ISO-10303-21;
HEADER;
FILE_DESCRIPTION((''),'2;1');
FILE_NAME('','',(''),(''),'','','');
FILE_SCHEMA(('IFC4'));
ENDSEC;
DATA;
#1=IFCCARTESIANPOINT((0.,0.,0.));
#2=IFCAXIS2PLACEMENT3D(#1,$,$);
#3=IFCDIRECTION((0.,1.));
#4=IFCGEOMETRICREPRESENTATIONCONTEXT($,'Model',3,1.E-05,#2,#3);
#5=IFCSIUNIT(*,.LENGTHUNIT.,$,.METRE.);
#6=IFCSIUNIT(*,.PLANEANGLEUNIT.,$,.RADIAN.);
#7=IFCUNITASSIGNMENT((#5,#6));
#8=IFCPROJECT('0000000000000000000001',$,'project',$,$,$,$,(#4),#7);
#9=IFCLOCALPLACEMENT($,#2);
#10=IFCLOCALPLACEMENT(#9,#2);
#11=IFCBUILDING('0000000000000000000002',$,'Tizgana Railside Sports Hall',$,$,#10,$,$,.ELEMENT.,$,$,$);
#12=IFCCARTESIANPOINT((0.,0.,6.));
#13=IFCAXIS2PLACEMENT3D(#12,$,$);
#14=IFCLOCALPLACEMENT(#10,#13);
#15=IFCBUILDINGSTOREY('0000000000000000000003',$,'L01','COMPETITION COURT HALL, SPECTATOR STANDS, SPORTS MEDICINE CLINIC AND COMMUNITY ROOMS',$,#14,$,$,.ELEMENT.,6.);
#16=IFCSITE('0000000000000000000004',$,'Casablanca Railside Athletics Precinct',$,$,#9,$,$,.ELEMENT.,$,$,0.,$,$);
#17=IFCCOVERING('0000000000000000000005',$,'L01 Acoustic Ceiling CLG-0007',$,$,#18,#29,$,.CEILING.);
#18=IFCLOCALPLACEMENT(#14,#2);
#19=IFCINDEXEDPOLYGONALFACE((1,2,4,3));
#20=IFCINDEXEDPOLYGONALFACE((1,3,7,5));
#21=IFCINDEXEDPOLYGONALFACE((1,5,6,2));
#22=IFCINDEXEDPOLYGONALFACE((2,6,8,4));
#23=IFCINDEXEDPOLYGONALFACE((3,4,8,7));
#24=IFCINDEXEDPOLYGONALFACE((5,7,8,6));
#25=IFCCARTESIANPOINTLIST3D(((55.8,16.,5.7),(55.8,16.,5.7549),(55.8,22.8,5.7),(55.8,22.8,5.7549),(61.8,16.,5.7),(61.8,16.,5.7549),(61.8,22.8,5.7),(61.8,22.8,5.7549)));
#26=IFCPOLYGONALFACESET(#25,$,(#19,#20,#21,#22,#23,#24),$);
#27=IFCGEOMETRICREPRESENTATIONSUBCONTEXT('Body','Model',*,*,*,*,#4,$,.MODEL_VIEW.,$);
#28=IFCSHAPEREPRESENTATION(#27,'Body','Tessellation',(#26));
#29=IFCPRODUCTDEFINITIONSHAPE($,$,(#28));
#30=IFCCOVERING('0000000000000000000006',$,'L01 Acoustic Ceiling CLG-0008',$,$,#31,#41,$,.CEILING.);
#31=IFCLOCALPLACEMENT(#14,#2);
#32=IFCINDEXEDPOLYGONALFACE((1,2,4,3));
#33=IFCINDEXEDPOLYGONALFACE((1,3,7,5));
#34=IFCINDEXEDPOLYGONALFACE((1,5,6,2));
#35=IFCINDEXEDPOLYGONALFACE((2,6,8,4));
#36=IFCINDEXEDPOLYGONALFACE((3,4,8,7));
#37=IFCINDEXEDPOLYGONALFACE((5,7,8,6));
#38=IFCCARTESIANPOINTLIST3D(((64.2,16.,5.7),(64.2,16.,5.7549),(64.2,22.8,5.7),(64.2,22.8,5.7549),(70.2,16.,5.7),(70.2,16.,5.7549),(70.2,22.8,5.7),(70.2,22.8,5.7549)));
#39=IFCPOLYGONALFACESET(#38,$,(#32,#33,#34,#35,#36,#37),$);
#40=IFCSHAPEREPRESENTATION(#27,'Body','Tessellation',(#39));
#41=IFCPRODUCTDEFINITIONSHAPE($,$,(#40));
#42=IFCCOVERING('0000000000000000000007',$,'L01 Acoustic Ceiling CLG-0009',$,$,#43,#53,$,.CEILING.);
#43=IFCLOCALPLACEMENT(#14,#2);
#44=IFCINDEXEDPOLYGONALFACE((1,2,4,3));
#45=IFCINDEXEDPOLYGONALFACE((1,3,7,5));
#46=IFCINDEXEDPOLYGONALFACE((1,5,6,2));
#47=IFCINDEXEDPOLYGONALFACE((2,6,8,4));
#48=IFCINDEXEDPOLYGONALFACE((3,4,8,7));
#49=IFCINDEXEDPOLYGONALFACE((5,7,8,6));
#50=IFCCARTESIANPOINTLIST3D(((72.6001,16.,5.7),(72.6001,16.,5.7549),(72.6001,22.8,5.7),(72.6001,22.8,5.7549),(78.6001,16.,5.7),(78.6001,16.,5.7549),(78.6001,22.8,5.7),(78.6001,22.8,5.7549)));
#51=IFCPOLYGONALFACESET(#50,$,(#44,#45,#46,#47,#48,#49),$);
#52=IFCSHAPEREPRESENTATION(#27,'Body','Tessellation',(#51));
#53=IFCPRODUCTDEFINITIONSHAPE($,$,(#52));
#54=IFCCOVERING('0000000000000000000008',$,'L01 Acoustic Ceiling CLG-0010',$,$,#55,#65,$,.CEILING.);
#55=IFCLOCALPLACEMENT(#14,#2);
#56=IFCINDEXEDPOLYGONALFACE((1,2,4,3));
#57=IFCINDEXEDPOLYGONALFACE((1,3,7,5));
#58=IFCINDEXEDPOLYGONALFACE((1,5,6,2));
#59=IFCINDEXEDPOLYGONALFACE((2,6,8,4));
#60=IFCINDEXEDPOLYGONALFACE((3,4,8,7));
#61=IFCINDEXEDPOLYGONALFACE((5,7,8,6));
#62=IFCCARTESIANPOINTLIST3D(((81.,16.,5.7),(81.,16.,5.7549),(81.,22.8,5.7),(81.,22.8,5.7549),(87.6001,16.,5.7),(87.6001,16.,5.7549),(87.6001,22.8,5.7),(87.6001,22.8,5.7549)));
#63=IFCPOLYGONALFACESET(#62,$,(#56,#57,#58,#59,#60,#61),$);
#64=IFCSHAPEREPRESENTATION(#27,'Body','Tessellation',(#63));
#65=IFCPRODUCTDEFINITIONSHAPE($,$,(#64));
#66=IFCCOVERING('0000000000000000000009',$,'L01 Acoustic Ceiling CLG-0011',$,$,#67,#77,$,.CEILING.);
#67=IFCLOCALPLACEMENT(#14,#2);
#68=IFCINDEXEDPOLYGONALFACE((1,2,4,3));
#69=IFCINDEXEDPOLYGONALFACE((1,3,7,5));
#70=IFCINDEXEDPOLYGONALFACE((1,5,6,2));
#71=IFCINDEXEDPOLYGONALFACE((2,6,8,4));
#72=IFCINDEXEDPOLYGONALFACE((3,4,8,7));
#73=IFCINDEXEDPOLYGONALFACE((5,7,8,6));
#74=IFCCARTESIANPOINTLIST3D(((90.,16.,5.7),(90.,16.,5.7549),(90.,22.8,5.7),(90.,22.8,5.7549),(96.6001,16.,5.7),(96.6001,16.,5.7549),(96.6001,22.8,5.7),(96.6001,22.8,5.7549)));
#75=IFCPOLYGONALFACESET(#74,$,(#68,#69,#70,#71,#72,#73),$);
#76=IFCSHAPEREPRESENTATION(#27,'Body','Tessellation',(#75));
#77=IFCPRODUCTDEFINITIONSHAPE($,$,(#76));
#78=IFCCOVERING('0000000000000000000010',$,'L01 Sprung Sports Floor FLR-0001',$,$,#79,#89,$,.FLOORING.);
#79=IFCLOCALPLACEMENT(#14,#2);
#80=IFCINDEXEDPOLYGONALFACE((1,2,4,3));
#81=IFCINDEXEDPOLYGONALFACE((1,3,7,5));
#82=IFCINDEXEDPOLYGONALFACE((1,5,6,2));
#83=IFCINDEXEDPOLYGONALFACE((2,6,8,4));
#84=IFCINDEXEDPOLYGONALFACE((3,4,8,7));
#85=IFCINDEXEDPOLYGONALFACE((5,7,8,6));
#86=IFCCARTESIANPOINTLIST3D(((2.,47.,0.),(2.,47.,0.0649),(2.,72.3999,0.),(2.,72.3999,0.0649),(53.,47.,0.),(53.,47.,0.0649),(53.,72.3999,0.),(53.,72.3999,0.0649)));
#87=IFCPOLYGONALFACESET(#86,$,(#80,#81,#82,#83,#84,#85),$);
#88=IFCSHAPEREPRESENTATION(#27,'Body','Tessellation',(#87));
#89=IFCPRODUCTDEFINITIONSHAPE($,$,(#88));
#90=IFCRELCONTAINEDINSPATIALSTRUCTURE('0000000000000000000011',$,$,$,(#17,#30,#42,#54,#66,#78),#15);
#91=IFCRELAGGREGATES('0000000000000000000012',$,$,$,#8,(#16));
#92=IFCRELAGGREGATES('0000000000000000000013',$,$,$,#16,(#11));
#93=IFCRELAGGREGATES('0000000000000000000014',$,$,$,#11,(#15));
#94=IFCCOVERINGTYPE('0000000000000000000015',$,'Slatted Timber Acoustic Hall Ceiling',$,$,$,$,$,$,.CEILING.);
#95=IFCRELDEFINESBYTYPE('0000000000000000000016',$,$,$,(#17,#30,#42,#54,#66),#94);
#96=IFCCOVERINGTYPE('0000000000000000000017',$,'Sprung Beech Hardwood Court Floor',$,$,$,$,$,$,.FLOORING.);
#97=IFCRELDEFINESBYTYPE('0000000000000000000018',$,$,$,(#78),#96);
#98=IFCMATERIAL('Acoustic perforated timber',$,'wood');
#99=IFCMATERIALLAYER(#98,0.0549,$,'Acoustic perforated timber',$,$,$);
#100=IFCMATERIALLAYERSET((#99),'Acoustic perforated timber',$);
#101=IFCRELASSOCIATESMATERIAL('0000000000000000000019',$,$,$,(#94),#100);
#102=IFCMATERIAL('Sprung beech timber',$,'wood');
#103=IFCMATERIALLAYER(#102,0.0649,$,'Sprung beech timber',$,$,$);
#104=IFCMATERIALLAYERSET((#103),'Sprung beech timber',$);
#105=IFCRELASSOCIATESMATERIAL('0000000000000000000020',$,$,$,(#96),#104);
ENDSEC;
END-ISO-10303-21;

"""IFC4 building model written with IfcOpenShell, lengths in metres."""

from ifc_helpers import new_model, si_unit, direction, frame, origin, place, context, subcontext, project, spatial, polyline, outline, extrude, material, layer, layer_set, type_object, element, save


model = new_model("IFC4")

# Units and contexts
model_context = context("Model", 3, precision=1e-05, world=origin(), true_north=direction((0.0, 1.0)))
body_context = subcontext(model_context, "Body", "Model", "MODEL_VIEW")
ifc_project = project(units=[si_unit("LENGTHUNIT", "METRE"), si_unit("PLANEANGLEUNIT", "RADIAN")], contexts=[model_context])

# Site, building, storey
site_placement = place(None, origin())
site = spatial("IfcSite", under=ifc_project, at=site_placement, Name="Casablanca Railside Athletics Precinct", CompositionType="ELEMENT", RefElevation=0.0)
building_placement = place(site_placement, origin())
building = spatial("IfcBuilding", under=site, at=building_placement, Name="Tizgana Railside Sports Hall", CompositionType="ELEMENT")
storey_placement = place(building_placement, frame((0.0, 0.0, 6.0)))
storey = spatial("IfcBuildingStorey", under=building, at=storey_placement, Name="L01", Description="COMPETITION COURT HALL, SPECTATOR STANDS, SPORTS MEDICINE CLINIC AND COMMUNITY ROOMS", CompositionType="ELEMENT", Elevation=6.0)

# Coverings
ifc_material_1 = material(Name="Acoustic perforated timber", Category="wood")
ifc_layer_1 = layer(ifc_material_1, 0.0549, Name="Acoustic perforated timber")
ifc_layer_set_1 = layer_set([ifc_layer_1], Name="Acoustic perforated timber")
covering_type_1 = type_object("IfcCoveringType", Name="Slatted Timber Acoustic Hall Ceiling", PredefinedType="CEILING", material=ifc_layer_set_1)
covering_1_placement = place(storey_placement, frame((0.0, 0.0, 5.7)))
element("IfcCovering", 1, at=covering_1_placement, inside=storey, type_object=covering_type_1, Name="L01 Acoustic Ceiling CLG-0007", PredefinedType="CEILING", context=body_context, shape_type="SweptSolid", body=[
    extrude(outline(polyline([(55.8, 16.0), (61.8, 16.0), (61.8, 22.8), (55.8, 22.8), (55.8, 16.0)])), origin(), (0.0, 0.0, 1.0), 0.0549),
])
covering_2_placement = place(storey_placement, frame((0.0, 0.0, 5.7)))
element("IfcCovering", 2, at=covering_2_placement, inside=storey, type_object=covering_type_1, Name="L01 Acoustic Ceiling CLG-0008", PredefinedType="CEILING", context=body_context, shape_type="SweptSolid", body=[
    extrude(outline(polyline([(64.2, 16.0), (70.2, 16.0), (70.2, 22.8), (64.2, 22.8), (64.2, 16.0)])), origin(), (0.0, 0.0, 1.0), 0.0549),
])
covering_3_placement = place(storey_placement, frame((0.0, 0.0, 5.7)))
element("IfcCovering", 3, at=covering_3_placement, inside=storey, type_object=covering_type_1, Name="L01 Acoustic Ceiling CLG-0009", PredefinedType="CEILING", context=body_context, shape_type="SweptSolid", body=[
    extrude(outline(polyline([(72.6001, 16.0), (78.6001, 16.0), (78.6001, 22.8), (72.6001, 22.8), (72.6001, 16.0)])), origin(), (0.0, 0.0, 1.0), 0.0549),
])
covering_4_placement = place(storey_placement, frame((0.0, 0.0, 5.7)))
element("IfcCovering", 4, at=covering_4_placement, inside=storey, type_object=covering_type_1, Name="L01 Acoustic Ceiling CLG-0010", PredefinedType="CEILING", context=body_context, shape_type="SweptSolid", body=[
    extrude(outline(polyline([(81.0, 16.0), (87.6001, 16.0), (87.6001, 22.8), (81.0, 22.8), (81.0, 16.0)])), origin(), (0.0, 0.0, 1.0), 0.0549),
])
covering_5_placement = place(storey_placement, frame((0.0, 0.0, 5.7)))
element("IfcCovering", 5, at=covering_5_placement, inside=storey, type_object=covering_type_1, Name="L01 Acoustic Ceiling CLG-0011", PredefinedType="CEILING", context=body_context, shape_type="SweptSolid", body=[
    extrude(outline(polyline([(90.0, 16.0), (96.6001, 16.0), (96.6001, 22.8), (90.0, 22.8), (90.0, 16.0)])), origin(), (0.0, 0.0, 1.0), 0.0549),
])
ifc_material_2 = material(Name="Sprung beech timber", Category="wood")
ifc_layer_2 = layer(ifc_material_2, 0.0649, Name="Sprung beech timber")
ifc_layer_set_2 = layer_set([ifc_layer_2], Name="Sprung beech timber")
covering_type_2 = type_object("IfcCoveringType", Name="Sprung Beech Hardwood Court Floor", PredefinedType="FLOORING", material=ifc_layer_set_2)
covering_6_placement = place(storey_placement, origin())
element("IfcCovering", 6, at=covering_6_placement, inside=storey, type_object=covering_type_2, Name="L01 Sprung Sports Floor FLR-0001", PredefinedType="FLOORING", context=body_context, shape_type="SweptSolid", body=[
    extrude(outline(polyline([(2.0, 47.0), (53.0, 47.0), (53.0, 72.3999), (2.0, 72.3999), (2.0, 47.0)])), origin(), (0.0, 0.0, 1.0), 0.0649),
])

save(model, "model.ifc")
